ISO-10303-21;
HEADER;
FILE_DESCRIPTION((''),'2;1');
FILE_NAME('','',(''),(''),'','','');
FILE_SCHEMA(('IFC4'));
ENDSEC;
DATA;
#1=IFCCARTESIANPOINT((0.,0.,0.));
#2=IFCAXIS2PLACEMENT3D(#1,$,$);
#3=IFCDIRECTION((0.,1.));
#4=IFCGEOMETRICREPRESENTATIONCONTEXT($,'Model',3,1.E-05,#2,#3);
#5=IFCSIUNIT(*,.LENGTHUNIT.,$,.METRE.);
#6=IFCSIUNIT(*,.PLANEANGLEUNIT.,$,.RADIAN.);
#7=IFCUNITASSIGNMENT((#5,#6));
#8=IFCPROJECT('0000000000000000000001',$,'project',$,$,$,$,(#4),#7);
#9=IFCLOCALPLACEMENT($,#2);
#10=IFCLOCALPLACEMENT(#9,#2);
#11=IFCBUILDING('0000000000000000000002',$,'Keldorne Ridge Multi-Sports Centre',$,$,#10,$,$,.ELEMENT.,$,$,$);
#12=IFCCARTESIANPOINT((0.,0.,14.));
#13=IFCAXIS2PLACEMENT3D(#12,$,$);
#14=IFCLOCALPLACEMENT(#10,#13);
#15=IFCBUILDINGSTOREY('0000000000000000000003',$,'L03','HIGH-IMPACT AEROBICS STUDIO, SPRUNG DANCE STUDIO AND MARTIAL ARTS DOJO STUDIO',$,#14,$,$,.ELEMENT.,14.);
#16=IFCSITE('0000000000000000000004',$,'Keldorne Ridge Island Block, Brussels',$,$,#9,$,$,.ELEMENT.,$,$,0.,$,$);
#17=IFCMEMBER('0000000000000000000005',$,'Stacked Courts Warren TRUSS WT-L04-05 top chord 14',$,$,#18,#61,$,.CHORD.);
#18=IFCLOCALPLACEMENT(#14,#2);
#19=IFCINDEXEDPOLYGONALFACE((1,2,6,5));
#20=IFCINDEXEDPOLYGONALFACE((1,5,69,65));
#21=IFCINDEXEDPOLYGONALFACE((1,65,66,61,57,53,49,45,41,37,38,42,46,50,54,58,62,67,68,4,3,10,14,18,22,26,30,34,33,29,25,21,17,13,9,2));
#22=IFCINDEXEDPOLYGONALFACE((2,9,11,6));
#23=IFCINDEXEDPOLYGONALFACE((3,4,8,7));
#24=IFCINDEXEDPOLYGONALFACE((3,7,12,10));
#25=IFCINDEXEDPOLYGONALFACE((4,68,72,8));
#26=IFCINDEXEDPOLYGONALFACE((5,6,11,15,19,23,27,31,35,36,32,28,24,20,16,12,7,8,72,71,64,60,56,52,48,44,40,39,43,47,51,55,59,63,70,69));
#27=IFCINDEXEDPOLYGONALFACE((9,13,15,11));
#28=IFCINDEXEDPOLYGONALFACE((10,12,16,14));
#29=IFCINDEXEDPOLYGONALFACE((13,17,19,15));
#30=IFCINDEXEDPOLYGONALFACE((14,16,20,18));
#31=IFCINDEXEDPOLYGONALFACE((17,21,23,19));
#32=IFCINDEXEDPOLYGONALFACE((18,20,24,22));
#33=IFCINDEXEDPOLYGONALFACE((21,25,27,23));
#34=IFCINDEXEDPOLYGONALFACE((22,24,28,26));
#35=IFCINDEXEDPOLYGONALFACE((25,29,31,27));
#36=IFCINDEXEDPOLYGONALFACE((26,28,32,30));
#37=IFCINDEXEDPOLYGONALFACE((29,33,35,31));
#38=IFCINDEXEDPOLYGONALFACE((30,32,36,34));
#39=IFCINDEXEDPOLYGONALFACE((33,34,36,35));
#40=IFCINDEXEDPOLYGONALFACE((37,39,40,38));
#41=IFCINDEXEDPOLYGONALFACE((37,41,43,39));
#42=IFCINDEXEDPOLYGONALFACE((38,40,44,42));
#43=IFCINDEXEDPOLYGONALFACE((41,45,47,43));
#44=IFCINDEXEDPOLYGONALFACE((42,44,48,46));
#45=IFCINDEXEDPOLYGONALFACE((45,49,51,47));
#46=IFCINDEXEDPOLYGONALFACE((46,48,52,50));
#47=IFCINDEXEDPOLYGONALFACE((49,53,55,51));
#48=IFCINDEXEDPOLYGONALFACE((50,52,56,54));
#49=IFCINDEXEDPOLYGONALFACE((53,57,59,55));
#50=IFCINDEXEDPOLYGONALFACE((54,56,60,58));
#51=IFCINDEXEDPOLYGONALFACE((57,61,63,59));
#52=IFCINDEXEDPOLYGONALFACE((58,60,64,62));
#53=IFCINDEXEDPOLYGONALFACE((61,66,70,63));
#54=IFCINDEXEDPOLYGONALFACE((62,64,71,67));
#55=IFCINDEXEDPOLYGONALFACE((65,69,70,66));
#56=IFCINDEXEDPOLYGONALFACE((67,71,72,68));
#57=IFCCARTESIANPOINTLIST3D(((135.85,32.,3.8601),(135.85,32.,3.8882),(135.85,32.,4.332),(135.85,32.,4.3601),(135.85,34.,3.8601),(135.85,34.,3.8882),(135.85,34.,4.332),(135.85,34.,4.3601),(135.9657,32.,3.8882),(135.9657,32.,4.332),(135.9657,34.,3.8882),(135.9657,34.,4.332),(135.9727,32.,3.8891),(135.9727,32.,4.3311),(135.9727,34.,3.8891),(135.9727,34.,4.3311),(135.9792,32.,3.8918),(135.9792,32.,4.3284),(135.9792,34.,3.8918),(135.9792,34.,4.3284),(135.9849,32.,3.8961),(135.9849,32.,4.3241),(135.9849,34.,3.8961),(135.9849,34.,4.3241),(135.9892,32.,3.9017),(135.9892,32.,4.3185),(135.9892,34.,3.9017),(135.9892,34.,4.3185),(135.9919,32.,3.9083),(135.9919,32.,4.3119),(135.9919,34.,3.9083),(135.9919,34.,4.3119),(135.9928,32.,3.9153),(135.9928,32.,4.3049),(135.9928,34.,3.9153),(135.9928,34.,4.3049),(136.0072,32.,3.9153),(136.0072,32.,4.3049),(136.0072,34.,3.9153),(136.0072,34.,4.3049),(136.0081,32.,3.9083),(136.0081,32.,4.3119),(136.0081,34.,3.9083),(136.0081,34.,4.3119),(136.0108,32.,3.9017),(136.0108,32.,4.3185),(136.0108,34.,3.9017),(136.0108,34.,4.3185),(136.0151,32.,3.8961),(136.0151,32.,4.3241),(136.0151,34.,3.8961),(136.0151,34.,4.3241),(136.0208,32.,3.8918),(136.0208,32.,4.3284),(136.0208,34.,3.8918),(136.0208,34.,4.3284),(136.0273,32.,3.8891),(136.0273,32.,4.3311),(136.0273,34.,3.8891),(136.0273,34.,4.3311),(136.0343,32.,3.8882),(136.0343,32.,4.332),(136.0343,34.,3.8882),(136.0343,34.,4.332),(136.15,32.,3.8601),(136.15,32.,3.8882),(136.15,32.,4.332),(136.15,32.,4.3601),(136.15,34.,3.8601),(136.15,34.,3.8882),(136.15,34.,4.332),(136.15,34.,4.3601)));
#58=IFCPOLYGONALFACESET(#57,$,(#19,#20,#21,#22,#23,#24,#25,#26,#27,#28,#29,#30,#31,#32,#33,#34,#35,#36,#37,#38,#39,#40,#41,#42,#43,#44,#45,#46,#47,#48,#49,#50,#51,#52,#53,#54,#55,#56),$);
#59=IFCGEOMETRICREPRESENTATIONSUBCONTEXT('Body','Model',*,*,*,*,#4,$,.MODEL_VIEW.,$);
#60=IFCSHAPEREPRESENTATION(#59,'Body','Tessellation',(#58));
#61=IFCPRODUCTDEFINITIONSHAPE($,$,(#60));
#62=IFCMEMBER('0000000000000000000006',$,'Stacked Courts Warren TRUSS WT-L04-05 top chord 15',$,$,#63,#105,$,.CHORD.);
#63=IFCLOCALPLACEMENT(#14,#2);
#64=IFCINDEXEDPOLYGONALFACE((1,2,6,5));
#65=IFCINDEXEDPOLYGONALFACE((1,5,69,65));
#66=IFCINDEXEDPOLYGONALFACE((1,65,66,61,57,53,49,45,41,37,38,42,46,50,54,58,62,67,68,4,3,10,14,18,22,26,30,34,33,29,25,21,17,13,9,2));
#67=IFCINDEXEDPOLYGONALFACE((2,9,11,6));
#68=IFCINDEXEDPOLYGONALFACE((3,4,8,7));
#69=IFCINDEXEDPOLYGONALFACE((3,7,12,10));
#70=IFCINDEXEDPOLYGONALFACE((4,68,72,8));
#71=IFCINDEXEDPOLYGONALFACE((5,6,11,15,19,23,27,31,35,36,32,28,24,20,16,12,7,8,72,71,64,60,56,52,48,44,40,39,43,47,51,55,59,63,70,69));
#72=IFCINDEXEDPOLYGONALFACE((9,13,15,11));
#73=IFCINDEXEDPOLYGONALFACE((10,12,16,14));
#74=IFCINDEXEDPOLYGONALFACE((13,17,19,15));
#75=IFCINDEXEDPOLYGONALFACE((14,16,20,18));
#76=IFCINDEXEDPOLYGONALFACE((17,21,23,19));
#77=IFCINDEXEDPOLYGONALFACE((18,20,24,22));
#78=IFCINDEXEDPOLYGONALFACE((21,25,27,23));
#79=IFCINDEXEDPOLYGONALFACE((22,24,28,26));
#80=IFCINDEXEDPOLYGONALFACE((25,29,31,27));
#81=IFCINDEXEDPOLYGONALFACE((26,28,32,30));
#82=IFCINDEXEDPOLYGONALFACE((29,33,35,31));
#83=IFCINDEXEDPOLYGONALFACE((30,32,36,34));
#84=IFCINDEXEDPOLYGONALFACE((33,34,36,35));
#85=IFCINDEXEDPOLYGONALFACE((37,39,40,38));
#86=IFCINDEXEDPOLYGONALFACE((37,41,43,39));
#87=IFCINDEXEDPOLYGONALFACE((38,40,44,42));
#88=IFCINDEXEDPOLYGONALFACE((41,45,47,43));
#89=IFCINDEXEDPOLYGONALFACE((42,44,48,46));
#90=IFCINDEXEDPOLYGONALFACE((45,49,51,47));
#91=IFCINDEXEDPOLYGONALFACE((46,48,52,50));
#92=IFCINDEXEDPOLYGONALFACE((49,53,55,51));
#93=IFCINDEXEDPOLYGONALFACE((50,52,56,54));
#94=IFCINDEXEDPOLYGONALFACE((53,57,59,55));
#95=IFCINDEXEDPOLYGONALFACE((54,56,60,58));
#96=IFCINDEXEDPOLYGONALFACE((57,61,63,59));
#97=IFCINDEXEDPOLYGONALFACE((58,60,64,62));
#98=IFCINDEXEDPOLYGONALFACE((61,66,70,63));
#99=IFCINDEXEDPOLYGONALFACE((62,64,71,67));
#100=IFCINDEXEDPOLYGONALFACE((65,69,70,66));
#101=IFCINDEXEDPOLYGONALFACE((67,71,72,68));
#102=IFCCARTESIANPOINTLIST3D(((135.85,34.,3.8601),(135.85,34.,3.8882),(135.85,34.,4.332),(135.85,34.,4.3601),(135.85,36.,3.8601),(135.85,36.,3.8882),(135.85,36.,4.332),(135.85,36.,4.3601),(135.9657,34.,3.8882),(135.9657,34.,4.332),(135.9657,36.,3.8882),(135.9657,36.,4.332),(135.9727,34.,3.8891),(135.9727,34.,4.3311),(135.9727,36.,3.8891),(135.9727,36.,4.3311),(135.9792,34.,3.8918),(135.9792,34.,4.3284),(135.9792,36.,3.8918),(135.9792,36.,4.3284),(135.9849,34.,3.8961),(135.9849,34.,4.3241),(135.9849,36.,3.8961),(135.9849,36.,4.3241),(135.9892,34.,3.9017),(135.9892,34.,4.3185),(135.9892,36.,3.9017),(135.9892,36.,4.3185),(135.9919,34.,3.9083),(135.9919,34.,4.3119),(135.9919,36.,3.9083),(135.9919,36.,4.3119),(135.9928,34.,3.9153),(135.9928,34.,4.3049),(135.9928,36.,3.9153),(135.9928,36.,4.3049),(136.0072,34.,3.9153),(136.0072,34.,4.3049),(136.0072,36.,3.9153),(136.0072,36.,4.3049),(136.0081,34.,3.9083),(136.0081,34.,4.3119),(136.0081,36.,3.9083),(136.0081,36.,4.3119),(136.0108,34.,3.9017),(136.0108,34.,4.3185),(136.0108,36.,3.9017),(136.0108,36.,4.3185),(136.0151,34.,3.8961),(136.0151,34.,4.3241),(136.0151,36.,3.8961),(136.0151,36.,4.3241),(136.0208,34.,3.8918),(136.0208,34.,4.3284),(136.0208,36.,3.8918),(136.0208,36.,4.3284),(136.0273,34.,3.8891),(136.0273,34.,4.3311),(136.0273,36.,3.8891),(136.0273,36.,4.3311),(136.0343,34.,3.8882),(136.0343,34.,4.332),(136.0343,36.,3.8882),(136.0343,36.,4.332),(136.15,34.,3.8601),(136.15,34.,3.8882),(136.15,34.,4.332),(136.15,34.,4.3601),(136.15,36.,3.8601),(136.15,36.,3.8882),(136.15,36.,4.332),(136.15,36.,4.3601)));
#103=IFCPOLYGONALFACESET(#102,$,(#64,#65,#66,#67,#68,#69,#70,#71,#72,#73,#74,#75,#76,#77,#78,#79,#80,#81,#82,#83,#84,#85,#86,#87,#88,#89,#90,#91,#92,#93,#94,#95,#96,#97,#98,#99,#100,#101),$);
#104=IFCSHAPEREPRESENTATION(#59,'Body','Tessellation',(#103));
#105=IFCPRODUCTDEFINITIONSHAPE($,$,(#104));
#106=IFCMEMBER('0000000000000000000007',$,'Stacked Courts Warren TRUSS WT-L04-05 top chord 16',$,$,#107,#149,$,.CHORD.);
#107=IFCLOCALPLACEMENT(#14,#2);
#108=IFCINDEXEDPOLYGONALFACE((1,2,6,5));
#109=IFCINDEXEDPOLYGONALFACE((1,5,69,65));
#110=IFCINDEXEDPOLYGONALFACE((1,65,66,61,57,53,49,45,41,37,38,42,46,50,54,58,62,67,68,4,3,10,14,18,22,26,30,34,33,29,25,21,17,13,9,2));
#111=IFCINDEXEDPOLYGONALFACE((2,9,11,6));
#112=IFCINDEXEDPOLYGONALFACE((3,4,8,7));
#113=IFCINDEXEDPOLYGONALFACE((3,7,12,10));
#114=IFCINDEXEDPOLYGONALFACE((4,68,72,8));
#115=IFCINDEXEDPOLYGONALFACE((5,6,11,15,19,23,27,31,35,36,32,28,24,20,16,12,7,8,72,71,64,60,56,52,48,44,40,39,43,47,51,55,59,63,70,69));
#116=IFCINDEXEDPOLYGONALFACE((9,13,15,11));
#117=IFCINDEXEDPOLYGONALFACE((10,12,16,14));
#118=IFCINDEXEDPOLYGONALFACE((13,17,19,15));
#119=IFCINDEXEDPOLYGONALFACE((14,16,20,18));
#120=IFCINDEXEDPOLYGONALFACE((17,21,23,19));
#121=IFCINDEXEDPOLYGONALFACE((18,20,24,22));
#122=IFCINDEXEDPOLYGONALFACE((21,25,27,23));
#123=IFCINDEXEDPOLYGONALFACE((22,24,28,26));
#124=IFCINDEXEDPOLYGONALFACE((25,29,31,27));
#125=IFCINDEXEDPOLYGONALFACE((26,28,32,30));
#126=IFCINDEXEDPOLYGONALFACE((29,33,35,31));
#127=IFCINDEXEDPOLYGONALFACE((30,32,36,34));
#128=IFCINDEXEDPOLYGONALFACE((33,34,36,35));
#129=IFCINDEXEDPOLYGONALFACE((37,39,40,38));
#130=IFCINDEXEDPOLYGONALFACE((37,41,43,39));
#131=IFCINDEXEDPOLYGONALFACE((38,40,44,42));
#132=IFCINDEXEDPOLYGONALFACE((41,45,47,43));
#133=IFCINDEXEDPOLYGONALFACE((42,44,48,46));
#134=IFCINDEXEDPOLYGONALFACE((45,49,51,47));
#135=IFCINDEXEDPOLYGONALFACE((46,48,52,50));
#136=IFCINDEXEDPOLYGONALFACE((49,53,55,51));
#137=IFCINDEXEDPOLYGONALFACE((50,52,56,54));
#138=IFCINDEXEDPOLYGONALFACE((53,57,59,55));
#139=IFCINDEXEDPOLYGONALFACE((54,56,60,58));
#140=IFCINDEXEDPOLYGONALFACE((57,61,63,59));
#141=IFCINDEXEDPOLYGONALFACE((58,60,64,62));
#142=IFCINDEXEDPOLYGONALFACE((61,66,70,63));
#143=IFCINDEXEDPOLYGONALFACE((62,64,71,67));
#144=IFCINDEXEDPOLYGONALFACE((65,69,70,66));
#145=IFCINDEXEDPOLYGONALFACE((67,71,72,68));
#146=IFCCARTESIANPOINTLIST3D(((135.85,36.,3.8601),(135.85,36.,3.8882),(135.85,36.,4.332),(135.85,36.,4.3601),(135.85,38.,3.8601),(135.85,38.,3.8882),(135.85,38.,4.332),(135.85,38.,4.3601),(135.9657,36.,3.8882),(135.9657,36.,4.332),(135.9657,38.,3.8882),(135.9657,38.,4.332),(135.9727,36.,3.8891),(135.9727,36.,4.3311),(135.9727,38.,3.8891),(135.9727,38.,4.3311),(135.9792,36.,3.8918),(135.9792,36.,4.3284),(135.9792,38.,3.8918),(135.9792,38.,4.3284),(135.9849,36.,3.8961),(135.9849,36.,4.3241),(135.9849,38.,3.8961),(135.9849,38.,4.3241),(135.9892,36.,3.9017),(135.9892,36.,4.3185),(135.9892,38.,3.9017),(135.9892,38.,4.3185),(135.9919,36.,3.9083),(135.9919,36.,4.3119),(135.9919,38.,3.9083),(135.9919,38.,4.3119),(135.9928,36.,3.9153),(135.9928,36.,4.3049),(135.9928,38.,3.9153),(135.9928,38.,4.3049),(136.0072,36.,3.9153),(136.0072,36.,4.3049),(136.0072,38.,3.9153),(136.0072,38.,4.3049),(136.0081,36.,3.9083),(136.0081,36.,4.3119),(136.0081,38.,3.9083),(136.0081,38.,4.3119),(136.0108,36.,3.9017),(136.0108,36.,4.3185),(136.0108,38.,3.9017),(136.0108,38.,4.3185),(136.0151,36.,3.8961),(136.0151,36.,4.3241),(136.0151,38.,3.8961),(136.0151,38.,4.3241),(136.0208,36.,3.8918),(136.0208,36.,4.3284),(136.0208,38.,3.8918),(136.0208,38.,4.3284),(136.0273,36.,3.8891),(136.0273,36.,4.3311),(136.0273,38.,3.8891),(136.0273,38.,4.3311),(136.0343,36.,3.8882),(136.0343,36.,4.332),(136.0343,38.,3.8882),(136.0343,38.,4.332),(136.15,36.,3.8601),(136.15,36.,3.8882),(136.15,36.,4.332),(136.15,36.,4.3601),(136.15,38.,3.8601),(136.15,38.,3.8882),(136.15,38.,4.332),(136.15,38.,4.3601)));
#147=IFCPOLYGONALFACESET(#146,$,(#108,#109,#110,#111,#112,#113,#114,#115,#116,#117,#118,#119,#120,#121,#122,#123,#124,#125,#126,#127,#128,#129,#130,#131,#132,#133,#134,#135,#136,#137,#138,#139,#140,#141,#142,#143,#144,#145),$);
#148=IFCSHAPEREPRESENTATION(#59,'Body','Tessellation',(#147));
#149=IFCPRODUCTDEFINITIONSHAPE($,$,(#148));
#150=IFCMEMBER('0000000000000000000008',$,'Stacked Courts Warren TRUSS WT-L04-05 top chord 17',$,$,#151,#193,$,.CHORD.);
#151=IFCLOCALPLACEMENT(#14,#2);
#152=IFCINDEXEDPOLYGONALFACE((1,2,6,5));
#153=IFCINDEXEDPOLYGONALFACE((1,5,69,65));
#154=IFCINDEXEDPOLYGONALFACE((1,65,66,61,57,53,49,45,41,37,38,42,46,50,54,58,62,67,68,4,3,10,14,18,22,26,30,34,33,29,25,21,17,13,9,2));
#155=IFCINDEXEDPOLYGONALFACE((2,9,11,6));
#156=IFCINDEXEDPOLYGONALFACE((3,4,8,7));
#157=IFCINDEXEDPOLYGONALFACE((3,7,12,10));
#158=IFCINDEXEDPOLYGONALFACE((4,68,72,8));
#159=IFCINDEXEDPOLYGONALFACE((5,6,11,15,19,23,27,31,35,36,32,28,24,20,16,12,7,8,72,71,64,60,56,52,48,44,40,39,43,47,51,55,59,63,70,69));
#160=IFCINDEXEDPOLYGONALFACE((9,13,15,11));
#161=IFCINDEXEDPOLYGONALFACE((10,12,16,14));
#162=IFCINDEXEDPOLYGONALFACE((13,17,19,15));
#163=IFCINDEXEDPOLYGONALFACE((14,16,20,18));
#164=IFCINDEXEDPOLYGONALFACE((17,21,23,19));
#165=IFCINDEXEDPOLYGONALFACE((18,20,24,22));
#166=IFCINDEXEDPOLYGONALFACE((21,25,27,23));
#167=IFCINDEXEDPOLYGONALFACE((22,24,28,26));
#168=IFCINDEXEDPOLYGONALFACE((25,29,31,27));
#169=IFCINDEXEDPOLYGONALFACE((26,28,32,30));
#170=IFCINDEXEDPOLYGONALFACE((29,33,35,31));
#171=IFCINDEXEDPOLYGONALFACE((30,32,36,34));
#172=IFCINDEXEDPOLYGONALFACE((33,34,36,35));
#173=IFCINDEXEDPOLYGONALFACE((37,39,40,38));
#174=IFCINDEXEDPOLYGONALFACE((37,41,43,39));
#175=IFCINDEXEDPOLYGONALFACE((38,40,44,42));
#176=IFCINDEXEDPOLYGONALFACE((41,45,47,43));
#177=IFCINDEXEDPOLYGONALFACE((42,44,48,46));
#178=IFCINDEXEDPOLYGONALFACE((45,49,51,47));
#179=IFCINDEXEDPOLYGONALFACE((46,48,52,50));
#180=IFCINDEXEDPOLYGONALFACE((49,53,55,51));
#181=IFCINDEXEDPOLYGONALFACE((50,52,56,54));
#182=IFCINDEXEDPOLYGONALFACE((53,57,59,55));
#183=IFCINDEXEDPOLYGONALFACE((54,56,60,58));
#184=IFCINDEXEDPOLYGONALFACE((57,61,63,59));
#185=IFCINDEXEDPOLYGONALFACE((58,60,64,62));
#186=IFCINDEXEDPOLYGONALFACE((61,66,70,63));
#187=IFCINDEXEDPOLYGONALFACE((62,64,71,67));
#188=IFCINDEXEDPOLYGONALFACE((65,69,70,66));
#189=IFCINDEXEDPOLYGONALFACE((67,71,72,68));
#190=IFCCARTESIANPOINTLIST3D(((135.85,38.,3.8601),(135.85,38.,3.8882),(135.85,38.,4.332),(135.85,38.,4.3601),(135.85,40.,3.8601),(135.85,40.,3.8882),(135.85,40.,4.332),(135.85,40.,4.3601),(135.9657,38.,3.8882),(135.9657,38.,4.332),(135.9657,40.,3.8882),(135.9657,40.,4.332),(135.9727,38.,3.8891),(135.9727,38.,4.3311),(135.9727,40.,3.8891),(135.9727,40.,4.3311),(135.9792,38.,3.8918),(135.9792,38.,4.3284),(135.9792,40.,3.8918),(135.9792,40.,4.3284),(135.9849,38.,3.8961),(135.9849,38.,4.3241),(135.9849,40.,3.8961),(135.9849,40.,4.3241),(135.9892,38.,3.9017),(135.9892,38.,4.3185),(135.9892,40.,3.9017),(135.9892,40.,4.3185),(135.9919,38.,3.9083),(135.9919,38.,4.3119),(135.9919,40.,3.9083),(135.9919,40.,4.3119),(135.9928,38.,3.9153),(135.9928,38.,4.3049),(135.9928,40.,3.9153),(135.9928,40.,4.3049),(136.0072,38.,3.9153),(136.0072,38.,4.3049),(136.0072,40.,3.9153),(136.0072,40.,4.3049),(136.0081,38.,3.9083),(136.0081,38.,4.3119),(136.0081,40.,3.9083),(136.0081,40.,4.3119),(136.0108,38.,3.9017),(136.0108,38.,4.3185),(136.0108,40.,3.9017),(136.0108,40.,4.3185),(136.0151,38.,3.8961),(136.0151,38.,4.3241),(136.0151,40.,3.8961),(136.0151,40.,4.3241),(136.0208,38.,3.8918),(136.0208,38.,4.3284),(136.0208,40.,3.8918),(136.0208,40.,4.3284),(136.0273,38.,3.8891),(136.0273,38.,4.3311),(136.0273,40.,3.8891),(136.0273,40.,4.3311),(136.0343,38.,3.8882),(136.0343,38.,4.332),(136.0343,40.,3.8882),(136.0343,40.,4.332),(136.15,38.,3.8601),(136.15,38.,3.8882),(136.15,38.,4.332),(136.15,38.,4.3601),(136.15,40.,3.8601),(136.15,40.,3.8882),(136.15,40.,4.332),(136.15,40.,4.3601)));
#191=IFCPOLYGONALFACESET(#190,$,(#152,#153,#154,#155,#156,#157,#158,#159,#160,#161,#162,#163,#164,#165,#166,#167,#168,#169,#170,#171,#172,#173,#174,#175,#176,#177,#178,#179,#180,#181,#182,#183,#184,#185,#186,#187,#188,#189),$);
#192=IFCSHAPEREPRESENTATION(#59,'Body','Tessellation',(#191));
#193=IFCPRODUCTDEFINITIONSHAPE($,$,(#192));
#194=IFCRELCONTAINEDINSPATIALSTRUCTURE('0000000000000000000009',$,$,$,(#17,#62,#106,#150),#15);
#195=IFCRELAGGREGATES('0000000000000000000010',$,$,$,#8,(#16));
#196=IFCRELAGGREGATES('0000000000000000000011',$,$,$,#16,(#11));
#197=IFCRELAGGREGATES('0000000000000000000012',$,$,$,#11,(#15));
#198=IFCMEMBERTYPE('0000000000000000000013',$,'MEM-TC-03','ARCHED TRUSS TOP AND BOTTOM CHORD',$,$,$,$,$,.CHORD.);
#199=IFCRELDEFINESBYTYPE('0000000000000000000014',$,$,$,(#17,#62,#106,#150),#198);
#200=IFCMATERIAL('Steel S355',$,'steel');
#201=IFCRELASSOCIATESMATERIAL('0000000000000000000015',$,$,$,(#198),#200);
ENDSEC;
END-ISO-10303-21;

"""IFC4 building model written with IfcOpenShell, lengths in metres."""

from ifc_helpers import new_model, si_unit, direction, frame, origin, origin_2d, place, context, subcontext, project, spatial, i_section, extrude, material, material_profile, profile_set, type_object, element, save


model = new_model("IFC4")

# Units and contexts
model_context = context("Model", 3, precision=1e-05, world=origin(), true_north=direction((0.0, 1.0)))
body_context = subcontext(model_context, "Body", "Model", "MODEL_VIEW")
ifc_project = project(units=[si_unit("LENGTHUNIT", "METRE"), si_unit("PLANEANGLEUNIT", "RADIAN")], contexts=[model_context])

# Site, building, storey
site_placement = place(None, origin())
site = spatial("IfcSite", under=ifc_project, at=site_placement, Name="Keldorne Ridge Island Block, Brussels", CompositionType="ELEMENT", RefElevation=0.0)
building_placement = place(site_placement, origin())
building = spatial("IfcBuilding", under=site, at=building_placement, Name="Keldorne Ridge Multi-Sports Centre", CompositionType="ELEMENT")
storey_placement = place(building_placement, frame((0.0, 0.0, 14.0)))
storey = spatial("IfcBuildingStorey", under=building, at=storey_placement, Name="L03", Description="HIGH-IMPACT AEROBICS STUDIO, SPRUNG DANCE STUDIO AND MARTIAL ARTS DOJO STUDIO", CompositionType="ELEMENT", Elevation=14.0)

# Members
ifc_material = material(Name="Steel S355", Category="steel")
ifc_material_profile_1 = material_profile(ifc_material, i_section(OverallWidth=0.3, OverallDepth=0.5, WebThickness=0.0144, FlangeThickness=0.0281, FilletRadius=0.0271, at=origin_2d()), Name="HEB 500")
ifc_profile_set_1 = profile_set([ifc_material_profile_1], Name="Steel S355")
member_type_1 = type_object("IfcMemberType", Name="MEM-TC-03", Description="ARCHED TRUSS TOP AND BOTTOM CHORD", PredefinedType="CHORD", material=ifc_profile_set_1)
for number, where, z_axis, x_axis, name in (
    (1, (136.0, 32.0, 4.1101), (0.0, 1.0, 0.0), (-1.0, 0.0, 0.0), "Stacked Courts Warren TRUSS WT-L04-05 top chord 14"),
    (2, (136.0, 34.0, 4.1101), (0.0, 1.0, 0.0), (-1.0, 0.0, 0.0), "Stacked Courts Warren TRUSS WT-L04-05 top chord 15"),
    (3, (136.0, 36.0, 4.1101), (0.0, 1.0, 0.0), (-1.0, 0.0, 0.0), "Stacked Courts Warren TRUSS WT-L04-05 top chord 16"),
    (4, (136.0, 38.0, 4.1101), (0.0, 1.0, 0.0), (-1.0, 0.0, 0.0), "Stacked Courts Warren TRUSS WT-L04-05 top chord 17"),
):
    element("IfcMember", number, at=place(storey_placement, frame(where, z_axis=z_axis, x_axis=x_axis)), inside=storey, type_object=member_type_1, Name=name, PredefinedType="CHORD", context=body_context, shape_type="SweptSolid", body=[
        extrude(i_section(OverallWidth=0.3, OverallDepth=0.5, WebThickness=0.0144, FlangeThickness=0.0281, FilletRadius=0.0271, at=origin_2d()), origin(), (0.0, 0.0, 1.0), 2.0),
    ])

save(model, "model.ifc")
